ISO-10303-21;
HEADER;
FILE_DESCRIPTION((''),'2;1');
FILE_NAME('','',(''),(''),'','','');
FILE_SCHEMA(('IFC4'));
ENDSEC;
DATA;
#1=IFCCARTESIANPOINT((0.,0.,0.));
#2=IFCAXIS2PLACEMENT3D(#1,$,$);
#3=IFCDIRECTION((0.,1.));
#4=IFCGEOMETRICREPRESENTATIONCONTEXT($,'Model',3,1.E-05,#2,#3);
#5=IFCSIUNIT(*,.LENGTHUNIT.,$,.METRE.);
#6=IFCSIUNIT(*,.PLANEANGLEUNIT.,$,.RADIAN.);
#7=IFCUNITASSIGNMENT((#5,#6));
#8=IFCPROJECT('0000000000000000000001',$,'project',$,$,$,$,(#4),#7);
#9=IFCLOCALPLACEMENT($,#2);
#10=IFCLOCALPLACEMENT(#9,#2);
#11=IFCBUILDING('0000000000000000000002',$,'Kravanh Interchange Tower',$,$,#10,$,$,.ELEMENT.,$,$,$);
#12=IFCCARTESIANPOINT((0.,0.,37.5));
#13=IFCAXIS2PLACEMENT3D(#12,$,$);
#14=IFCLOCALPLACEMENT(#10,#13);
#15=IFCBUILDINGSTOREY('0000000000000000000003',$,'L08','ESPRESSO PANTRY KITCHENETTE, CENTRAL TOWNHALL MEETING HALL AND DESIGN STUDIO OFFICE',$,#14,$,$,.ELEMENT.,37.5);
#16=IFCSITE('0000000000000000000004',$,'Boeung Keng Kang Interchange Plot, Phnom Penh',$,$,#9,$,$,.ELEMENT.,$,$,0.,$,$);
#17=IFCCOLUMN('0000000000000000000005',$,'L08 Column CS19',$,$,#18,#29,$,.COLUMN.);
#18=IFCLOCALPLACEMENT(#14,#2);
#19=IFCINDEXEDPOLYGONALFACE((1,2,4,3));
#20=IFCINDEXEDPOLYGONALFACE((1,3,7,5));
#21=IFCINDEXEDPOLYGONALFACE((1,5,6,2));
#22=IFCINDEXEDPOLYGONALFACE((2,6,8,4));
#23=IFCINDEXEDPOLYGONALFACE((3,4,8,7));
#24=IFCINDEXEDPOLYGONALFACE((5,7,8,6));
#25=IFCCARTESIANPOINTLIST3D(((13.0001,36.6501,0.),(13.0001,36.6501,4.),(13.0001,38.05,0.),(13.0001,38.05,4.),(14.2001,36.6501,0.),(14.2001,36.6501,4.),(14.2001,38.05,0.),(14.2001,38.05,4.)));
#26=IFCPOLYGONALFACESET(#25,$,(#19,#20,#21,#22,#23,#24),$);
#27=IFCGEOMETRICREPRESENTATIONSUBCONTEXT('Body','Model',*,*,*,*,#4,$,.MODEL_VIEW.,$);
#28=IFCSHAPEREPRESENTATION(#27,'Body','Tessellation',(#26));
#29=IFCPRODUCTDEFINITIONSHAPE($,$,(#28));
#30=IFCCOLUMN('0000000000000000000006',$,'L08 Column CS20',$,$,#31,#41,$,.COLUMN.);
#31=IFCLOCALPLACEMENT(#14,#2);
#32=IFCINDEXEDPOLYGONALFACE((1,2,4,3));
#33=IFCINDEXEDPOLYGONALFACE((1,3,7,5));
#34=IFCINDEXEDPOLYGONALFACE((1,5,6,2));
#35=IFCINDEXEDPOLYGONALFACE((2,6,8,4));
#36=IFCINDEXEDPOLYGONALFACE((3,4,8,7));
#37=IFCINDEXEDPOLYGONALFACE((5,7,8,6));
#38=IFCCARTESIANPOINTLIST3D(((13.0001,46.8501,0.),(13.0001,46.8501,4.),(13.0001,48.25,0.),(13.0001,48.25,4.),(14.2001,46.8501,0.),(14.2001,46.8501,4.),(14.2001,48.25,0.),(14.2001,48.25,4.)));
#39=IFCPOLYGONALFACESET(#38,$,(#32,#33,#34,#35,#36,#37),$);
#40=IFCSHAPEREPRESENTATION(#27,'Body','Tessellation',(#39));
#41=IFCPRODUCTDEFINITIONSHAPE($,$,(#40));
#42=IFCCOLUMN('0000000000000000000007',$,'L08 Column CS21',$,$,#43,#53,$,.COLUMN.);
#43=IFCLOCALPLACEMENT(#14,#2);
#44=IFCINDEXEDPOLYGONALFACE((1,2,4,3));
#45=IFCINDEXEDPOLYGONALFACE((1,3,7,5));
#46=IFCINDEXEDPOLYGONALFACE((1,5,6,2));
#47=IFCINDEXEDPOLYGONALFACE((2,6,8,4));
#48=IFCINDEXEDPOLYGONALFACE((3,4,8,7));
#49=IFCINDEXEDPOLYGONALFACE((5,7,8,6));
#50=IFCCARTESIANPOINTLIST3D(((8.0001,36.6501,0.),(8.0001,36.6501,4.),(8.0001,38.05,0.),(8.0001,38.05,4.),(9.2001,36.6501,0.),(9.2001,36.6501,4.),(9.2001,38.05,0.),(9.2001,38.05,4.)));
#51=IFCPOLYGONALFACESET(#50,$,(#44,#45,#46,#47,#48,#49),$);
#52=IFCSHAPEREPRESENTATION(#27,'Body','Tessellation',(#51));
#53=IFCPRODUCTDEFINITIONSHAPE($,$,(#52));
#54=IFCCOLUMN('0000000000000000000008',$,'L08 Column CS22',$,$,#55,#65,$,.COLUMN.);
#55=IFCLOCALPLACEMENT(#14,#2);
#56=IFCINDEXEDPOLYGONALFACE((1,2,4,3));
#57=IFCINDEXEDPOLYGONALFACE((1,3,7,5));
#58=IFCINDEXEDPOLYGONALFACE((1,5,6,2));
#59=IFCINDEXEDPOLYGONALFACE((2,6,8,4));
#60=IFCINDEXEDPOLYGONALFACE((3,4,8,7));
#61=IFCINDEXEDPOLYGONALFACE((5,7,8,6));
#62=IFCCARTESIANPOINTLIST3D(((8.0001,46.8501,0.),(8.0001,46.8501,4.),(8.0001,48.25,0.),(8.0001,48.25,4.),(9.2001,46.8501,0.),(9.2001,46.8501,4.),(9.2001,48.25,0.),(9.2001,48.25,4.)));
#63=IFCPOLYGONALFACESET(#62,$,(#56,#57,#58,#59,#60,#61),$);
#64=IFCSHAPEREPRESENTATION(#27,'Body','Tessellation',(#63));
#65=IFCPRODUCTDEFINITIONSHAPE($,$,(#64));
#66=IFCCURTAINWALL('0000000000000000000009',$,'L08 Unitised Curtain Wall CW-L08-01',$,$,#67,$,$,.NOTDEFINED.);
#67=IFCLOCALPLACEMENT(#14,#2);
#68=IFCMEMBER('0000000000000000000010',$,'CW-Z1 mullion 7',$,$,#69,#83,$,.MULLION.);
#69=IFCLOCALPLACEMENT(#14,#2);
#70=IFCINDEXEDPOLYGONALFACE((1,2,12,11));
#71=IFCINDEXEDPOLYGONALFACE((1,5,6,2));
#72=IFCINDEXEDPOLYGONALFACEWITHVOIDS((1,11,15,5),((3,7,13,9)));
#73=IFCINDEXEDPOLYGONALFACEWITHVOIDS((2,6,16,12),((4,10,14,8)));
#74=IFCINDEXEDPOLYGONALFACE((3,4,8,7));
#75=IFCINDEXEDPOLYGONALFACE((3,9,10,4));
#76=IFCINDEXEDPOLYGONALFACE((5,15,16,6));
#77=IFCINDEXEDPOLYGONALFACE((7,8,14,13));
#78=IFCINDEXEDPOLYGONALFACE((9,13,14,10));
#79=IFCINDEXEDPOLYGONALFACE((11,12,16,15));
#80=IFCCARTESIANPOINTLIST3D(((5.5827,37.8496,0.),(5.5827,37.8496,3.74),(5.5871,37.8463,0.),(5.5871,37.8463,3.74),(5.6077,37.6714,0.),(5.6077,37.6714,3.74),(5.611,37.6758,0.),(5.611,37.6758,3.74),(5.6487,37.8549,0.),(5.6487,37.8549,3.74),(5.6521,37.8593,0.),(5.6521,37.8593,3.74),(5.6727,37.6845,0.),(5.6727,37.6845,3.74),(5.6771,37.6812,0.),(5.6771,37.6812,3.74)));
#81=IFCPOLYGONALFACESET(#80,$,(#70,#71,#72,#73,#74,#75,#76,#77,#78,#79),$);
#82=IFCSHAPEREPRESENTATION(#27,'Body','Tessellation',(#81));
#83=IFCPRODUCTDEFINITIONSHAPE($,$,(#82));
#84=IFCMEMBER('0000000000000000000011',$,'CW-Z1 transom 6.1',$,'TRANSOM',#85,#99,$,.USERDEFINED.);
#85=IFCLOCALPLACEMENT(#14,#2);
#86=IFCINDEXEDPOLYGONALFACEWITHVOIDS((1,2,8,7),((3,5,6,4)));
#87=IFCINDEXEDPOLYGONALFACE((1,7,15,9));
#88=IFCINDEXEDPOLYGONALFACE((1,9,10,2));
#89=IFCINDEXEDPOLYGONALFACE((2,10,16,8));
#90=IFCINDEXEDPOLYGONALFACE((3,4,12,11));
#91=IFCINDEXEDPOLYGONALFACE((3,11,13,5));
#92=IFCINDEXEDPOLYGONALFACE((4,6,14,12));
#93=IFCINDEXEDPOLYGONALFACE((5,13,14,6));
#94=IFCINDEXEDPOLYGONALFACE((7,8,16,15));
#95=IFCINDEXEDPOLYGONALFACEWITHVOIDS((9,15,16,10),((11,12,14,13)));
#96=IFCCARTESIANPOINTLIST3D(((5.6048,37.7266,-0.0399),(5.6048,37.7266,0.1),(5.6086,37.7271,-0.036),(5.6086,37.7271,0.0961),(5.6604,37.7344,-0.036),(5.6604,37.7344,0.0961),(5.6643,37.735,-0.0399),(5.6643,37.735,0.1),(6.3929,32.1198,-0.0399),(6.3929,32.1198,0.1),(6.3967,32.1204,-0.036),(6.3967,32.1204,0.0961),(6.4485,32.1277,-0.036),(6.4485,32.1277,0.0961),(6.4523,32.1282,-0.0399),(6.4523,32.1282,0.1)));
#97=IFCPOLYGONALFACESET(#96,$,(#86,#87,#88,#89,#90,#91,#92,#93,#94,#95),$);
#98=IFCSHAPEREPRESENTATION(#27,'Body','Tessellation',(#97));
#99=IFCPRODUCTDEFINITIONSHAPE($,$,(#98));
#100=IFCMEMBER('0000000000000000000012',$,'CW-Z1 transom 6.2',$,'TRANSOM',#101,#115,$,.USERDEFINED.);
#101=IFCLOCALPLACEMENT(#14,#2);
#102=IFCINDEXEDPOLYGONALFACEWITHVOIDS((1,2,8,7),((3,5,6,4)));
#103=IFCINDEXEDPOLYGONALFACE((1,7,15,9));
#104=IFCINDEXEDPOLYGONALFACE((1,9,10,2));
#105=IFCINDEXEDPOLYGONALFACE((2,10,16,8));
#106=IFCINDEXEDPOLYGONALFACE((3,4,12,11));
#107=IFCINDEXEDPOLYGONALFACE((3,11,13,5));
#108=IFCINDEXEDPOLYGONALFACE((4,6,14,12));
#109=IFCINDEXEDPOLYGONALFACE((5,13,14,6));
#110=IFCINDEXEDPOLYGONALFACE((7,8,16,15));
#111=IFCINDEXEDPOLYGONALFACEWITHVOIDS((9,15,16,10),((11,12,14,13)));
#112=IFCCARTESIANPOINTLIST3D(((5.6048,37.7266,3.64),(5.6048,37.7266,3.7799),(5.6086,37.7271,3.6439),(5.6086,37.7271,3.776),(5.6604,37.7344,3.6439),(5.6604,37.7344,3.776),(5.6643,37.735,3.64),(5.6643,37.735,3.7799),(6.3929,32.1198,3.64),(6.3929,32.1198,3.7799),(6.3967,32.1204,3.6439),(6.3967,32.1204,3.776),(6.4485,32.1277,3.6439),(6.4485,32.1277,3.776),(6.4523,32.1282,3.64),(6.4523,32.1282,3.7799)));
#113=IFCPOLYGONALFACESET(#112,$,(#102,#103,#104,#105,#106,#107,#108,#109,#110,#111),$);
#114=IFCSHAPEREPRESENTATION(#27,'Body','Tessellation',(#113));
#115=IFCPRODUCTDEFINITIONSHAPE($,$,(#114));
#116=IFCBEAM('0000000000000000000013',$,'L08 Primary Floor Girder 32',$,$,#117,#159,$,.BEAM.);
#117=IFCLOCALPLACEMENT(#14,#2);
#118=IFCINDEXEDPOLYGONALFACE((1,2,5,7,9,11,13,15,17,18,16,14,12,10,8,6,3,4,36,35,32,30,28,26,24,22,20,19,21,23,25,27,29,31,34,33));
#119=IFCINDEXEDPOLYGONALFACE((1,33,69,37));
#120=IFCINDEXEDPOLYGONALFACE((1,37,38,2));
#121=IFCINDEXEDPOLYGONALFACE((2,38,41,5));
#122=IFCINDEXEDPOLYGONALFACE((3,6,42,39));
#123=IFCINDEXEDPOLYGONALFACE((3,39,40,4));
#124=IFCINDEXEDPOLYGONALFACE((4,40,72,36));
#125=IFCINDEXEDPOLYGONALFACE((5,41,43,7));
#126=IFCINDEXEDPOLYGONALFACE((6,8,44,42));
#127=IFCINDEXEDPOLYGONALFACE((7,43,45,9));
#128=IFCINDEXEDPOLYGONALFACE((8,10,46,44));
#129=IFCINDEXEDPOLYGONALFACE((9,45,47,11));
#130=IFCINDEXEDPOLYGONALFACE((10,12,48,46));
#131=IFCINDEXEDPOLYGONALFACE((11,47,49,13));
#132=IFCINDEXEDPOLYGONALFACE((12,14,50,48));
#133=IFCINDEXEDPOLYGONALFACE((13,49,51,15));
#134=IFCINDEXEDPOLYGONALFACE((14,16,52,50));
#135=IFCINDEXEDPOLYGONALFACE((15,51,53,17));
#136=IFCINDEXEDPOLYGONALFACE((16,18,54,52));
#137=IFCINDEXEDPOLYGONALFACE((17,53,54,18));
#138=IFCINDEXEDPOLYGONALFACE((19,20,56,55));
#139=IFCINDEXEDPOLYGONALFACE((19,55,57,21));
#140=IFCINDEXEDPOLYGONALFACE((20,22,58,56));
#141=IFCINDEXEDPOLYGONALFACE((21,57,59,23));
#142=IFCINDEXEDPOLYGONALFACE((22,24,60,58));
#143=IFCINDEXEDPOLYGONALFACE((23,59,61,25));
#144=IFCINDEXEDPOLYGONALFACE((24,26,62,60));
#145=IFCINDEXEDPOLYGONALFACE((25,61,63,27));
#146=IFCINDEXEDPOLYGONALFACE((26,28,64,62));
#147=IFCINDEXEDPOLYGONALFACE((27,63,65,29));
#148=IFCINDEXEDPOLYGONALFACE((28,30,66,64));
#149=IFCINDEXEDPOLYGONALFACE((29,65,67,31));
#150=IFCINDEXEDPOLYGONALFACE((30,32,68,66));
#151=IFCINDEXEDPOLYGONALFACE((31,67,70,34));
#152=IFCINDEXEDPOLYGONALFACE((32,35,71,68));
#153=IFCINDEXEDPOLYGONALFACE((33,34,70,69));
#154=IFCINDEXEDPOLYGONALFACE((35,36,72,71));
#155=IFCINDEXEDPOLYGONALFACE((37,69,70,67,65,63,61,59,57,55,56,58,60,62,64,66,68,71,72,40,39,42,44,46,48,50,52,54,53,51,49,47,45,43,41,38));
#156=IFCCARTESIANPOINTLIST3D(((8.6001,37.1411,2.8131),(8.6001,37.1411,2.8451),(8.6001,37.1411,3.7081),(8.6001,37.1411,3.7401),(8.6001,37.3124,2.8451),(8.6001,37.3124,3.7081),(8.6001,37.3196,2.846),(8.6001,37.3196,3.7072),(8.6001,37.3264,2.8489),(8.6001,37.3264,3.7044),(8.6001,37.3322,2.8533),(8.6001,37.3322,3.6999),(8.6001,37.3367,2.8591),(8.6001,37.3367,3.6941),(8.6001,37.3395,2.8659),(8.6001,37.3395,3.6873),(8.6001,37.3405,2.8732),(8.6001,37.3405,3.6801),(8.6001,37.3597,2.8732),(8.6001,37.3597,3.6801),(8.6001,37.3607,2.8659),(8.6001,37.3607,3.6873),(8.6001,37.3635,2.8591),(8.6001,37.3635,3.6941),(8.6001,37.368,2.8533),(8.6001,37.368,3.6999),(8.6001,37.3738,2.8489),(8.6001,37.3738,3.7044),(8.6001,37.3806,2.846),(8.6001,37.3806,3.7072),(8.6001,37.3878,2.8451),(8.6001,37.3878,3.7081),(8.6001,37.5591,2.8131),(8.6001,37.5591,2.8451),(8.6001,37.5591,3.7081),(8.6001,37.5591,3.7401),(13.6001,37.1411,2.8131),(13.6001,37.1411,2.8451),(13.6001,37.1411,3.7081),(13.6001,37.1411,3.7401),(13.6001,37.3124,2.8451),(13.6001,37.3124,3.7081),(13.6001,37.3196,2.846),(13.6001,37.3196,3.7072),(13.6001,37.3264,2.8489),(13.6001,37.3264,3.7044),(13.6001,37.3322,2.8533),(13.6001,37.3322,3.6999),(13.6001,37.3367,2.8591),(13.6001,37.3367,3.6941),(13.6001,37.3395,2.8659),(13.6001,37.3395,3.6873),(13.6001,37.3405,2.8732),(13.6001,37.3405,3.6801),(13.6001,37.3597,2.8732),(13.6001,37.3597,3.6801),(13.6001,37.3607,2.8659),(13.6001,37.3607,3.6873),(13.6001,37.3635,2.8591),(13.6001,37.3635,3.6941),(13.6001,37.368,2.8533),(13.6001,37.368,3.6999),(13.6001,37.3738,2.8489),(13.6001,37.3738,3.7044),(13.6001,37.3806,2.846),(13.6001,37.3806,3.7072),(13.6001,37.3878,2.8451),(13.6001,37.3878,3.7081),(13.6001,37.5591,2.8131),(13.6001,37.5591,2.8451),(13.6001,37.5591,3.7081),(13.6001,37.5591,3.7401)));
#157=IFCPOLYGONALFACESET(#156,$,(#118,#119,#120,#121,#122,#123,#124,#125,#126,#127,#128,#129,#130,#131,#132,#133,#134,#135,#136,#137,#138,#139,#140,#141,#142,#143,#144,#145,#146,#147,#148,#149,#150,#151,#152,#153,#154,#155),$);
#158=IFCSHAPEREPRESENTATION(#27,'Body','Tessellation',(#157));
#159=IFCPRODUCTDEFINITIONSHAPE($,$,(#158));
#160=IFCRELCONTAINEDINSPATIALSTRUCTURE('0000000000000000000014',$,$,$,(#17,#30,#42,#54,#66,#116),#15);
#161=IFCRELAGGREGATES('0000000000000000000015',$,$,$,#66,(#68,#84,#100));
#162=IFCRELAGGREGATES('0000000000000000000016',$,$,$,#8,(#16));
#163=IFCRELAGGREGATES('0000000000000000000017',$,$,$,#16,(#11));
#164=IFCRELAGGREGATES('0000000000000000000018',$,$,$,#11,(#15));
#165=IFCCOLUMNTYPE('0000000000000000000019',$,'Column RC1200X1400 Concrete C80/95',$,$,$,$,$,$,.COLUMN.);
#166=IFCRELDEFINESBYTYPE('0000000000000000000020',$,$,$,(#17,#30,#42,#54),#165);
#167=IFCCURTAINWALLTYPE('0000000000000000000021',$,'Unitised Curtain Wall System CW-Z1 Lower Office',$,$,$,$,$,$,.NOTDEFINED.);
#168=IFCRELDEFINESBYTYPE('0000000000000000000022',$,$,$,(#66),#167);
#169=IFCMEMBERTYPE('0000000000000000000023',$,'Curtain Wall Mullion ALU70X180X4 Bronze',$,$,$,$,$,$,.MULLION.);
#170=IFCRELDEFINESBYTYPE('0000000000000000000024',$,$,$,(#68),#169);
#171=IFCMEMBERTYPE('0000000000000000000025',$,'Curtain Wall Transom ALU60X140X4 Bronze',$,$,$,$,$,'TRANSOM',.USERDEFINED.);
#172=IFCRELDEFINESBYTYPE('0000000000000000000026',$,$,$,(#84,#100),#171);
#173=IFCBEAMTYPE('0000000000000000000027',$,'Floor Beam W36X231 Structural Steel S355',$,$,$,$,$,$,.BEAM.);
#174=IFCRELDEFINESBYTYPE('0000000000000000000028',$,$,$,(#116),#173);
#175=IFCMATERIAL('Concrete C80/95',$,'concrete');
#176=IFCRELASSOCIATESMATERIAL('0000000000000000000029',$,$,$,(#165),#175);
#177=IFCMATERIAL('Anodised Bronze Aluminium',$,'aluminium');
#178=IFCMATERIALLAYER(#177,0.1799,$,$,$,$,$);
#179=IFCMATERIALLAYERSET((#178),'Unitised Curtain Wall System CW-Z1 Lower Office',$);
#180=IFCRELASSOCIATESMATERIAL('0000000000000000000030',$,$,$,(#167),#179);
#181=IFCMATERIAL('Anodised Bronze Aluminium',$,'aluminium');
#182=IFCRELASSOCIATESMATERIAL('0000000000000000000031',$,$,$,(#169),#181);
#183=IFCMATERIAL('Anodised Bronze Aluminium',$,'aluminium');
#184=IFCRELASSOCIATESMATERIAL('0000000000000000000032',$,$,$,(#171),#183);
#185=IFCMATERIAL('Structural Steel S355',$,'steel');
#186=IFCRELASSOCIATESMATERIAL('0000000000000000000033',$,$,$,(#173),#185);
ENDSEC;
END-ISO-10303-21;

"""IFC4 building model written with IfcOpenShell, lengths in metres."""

from ifc_helpers import new_model, si_unit, direction, frame, origin, origin_2d, place, context, subcontext, project, spatial, rectangle, hollow_rectangle, i_section, extrude, material, layer, layer_set, material_profile, profile_set, type_object, element, aggregate, save


model = new_model("IFC4")

# Units and contexts
model_context = context("Model", 3, precision=1e-05, world=origin(), true_north=direction((0.0, 1.0)))
body_context = subcontext(model_context, "Body", "Model", "MODEL_VIEW")
ifc_project = project(units=[si_unit("LENGTHUNIT", "METRE"), si_unit("PLANEANGLEUNIT", "RADIAN")], contexts=[model_context])

# Site, building, storey
site_placement = place(None, origin())
site = spatial("IfcSite", under=ifc_project, at=site_placement, Name="Boeung Keng Kang Interchange Plot, Phnom Penh", CompositionType="ELEMENT", RefElevation=0.0)
building_placement = place(site_placement, origin())
building = spatial("IfcBuilding", under=site, at=building_placement, Name="Kravanh Interchange Tower", CompositionType="ELEMENT")
storey_placement = place(building_placement, frame((0.0, 0.0, 37.5)))
storey = spatial("IfcBuildingStorey", under=building, at=storey_placement, Name="L08", Description="ESPRESSO PANTRY KITCHENETTE, CENTRAL TOWNHALL MEETING HALL AND DESIGN STUDIO OFFICE", CompositionType="ELEMENT", Elevation=37.5)

# Columns
ifc_material_1 = material(Name="Concrete C80/95", Category="concrete")
ifc_material_profile_1 = material_profile(ifc_material_1, rectangle(XDim=1.2, YDim=1.3999, at=origin_2d()), Name="RC1200X1400")
ifc_profile_set_1 = profile_set([ifc_material_profile_1], Name="Concrete C80/95")
column_type = type_object("IfcColumnType", Name="Column RC1200X1400 Concrete C80/95", PredefinedType="COLUMN", material=ifc_profile_set_1)
for number, where, z_axis, x_axis, name in (
    (1, (13.6001, 37.3501, 0.0), (0.0, 0.0, 1.0), (1.0, 0.0, 0.0), "L08 Column CS19"),
    (2, (13.6001, 47.55, 0.0), (0.0, 0.0, 1.0), (1.0, 0.0, 0.0), "L08 Column CS20"),
    (3, (8.6001, 37.3501, 0.0), (0.0, 0.0, 1.0), (1.0, 0.0, 0.0), "L08 Column CS21"),
    (4, (8.6001, 47.55, 0.0), (0.0, 0.0, 1.0), (1.0, 0.0, 0.0), "L08 Column CS22"),
):
    element("IfcColumn", number, at=place(storey_placement, frame(where, z_axis=z_axis, x_axis=x_axis)), inside=storey, type_object=column_type, Name=name, PredefinedType="COLUMN", context=body_context, shape_type="SweptSolid", body=[
        extrude(rectangle(XDim=1.2, YDim=1.3999, at=origin_2d()), origin(), (0.0, 0.0, 1.0), 4.0),
    ])

# Curtain wall, members
ifc_material_2 = material(Name="Anodised Bronze Aluminium", Category="aluminium")
ifc_layer_1 = layer(ifc_material_2, 0.1799)
ifc_layer_set_1 = layer_set([ifc_layer_1], Name="Unitised Curtain Wall System CW-Z1 Lower Office")
curtain_wall_type = type_object("IfcCurtainWallType", Name="Unitised Curtain Wall System CW-Z1 Lower Office", PredefinedType="NOTDEFINED", material=ifc_layer_set_1)
curtain_wall_placement = place(storey_placement, origin())
curtain_wall = element("IfcCurtainWall", 5, at=curtain_wall_placement, inside=storey, type_object=curtain_wall_type, Name="L08 Unitised Curtain Wall CW-L08-01", PredefinedType="NOTDEFINED")
ifc_material_3 = material(Name="Anodised Bronze Aluminium", Category="aluminium")
ifc_material_profile_2 = material_profile(ifc_material_3, hollow_rectangle(XDim=0.0701, YDim=0.1799, WallThickness=0.0039, at=origin_2d()), Name="ALU70X180X4")
ifc_profile_set_2 = profile_set([ifc_material_profile_2], Name="Anodised Bronze Aluminium")
member_type_1 = type_object("IfcMemberType", Name="Curtain Wall Mullion ALU70X180X4 Bronze", PredefinedType="MULLION", material=ifc_profile_set_2)
member_1_placement = place(storey_placement, frame((5.6299, 37.7654, 0.0), z_axis=(0.0, 0.0, 1.0), x_axis=(-0.990268, -0.139177, 0.0)))
member_1 = element("IfcMember", 6, at=member_1_placement, type_object=member_type_1, Name="CW-Z1 mullion 7", PredefinedType="MULLION", context=body_context, shape_type="SweptSolid", body=[
    extrude(hollow_rectangle(XDim=0.0701, YDim=0.1799, WallThickness=0.0039, at=origin_2d()), origin(), (0.0, 0.0, 1.0), 3.74),
])
ifc_material_4 = material(Name="Anodised Bronze Aluminium", Category="aluminium")
ifc_material_profile_3 = material_profile(ifc_material_4, hollow_rectangle(XDim=0.0601, YDim=0.1399, WallThickness=0.0039, at=origin_2d()), Name="ALU60X140X4")
ifc_profile_set_3 = profile_set([ifc_material_profile_3], Name="Anodised Bronze Aluminium")
member_type_2 = type_object("IfcMemberType", Name="Curtain Wall Transom ALU60X140X4 Bronze", ElementType="TRANSOM", PredefinedType="USERDEFINED", material=ifc_profile_set_3)
member_2_placement = place(storey_placement, frame((6.4226, 32.124, 0.03), z_axis=(-0.139193, 0.990265, 0.0), x_axis=(-0.990265, -0.139193, 0.0)))
member_2 = element("IfcMember", 7, at=member_2_placement, type_object=member_type_2, Name="CW-Z1 transom 6.1", ObjectType="TRANSOM", PredefinedType="USERDEFINED", context=body_context, shape_type="SweptSolid", body=[
    extrude(hollow_rectangle(XDim=0.0601, YDim=0.1399, WallThickness=0.0039, at=origin_2d()), origin(), (0.0, 0.0, 1.0), 5.6619),
])
member_3_placement = place(storey_placement, frame((6.4226, 32.124, 3.71), z_axis=(-0.139193, 0.990265, 0.0), x_axis=(-0.990265, -0.139193, 0.0)))
member_3 = element("IfcMember", 8, at=member_3_placement, type_object=member_type_2, Name="CW-Z1 transom 6.2", ObjectType="TRANSOM", PredefinedType="USERDEFINED", context=body_context, shape_type="SweptSolid", body=[
    extrude(hollow_rectangle(XDim=0.0601, YDim=0.1399, WallThickness=0.0039, at=origin_2d()), origin(), (0.0, 0.0, 1.0), 5.6619),
])

# Beam
ifc_material_5 = material(Name="Structural Steel S355", Category="steel")
ifc_material_profile_4 = material_profile(ifc_material_5, i_section(OverallWidth=0.418, OverallDepth=0.927, WebThickness=0.0193, FlangeThickness=0.032, FilletRadius=0.0281, at=origin_2d()), Name="W36X231")
ifc_profile_set_4 = profile_set([ifc_material_profile_4], Name="Structural Steel S355")
beam_type = type_object("IfcBeamType", Name="Floor Beam W36X231 Structural Steel S355", PredefinedType="BEAM", material=ifc_profile_set_4)
beam_1_placement = place(storey_placement, frame((13.6001, 37.3501, 3.2766), z_axis=(-1.0, 0.0, 0.0), x_axis=(0.0, -1.0, 0.0)))
element("IfcBeam", 9, at=beam_1_placement, inside=storey, type_object=beam_type, Name="L08 Primary Floor Girder 32", PredefinedType="BEAM", context=body_context, shape_type="SweptSolid", body=[
    extrude(i_section(OverallWidth=0.418, OverallDepth=0.927, WebThickness=0.0193, FlangeThickness=0.032, FilletRadius=0.0281, at=origin_2d()), origin(), (0.0, 0.0, 1.0), 5.0),
])

aggregate(curtain_wall, [member_1, member_2, member_3])

save(model, "model.ifc")
